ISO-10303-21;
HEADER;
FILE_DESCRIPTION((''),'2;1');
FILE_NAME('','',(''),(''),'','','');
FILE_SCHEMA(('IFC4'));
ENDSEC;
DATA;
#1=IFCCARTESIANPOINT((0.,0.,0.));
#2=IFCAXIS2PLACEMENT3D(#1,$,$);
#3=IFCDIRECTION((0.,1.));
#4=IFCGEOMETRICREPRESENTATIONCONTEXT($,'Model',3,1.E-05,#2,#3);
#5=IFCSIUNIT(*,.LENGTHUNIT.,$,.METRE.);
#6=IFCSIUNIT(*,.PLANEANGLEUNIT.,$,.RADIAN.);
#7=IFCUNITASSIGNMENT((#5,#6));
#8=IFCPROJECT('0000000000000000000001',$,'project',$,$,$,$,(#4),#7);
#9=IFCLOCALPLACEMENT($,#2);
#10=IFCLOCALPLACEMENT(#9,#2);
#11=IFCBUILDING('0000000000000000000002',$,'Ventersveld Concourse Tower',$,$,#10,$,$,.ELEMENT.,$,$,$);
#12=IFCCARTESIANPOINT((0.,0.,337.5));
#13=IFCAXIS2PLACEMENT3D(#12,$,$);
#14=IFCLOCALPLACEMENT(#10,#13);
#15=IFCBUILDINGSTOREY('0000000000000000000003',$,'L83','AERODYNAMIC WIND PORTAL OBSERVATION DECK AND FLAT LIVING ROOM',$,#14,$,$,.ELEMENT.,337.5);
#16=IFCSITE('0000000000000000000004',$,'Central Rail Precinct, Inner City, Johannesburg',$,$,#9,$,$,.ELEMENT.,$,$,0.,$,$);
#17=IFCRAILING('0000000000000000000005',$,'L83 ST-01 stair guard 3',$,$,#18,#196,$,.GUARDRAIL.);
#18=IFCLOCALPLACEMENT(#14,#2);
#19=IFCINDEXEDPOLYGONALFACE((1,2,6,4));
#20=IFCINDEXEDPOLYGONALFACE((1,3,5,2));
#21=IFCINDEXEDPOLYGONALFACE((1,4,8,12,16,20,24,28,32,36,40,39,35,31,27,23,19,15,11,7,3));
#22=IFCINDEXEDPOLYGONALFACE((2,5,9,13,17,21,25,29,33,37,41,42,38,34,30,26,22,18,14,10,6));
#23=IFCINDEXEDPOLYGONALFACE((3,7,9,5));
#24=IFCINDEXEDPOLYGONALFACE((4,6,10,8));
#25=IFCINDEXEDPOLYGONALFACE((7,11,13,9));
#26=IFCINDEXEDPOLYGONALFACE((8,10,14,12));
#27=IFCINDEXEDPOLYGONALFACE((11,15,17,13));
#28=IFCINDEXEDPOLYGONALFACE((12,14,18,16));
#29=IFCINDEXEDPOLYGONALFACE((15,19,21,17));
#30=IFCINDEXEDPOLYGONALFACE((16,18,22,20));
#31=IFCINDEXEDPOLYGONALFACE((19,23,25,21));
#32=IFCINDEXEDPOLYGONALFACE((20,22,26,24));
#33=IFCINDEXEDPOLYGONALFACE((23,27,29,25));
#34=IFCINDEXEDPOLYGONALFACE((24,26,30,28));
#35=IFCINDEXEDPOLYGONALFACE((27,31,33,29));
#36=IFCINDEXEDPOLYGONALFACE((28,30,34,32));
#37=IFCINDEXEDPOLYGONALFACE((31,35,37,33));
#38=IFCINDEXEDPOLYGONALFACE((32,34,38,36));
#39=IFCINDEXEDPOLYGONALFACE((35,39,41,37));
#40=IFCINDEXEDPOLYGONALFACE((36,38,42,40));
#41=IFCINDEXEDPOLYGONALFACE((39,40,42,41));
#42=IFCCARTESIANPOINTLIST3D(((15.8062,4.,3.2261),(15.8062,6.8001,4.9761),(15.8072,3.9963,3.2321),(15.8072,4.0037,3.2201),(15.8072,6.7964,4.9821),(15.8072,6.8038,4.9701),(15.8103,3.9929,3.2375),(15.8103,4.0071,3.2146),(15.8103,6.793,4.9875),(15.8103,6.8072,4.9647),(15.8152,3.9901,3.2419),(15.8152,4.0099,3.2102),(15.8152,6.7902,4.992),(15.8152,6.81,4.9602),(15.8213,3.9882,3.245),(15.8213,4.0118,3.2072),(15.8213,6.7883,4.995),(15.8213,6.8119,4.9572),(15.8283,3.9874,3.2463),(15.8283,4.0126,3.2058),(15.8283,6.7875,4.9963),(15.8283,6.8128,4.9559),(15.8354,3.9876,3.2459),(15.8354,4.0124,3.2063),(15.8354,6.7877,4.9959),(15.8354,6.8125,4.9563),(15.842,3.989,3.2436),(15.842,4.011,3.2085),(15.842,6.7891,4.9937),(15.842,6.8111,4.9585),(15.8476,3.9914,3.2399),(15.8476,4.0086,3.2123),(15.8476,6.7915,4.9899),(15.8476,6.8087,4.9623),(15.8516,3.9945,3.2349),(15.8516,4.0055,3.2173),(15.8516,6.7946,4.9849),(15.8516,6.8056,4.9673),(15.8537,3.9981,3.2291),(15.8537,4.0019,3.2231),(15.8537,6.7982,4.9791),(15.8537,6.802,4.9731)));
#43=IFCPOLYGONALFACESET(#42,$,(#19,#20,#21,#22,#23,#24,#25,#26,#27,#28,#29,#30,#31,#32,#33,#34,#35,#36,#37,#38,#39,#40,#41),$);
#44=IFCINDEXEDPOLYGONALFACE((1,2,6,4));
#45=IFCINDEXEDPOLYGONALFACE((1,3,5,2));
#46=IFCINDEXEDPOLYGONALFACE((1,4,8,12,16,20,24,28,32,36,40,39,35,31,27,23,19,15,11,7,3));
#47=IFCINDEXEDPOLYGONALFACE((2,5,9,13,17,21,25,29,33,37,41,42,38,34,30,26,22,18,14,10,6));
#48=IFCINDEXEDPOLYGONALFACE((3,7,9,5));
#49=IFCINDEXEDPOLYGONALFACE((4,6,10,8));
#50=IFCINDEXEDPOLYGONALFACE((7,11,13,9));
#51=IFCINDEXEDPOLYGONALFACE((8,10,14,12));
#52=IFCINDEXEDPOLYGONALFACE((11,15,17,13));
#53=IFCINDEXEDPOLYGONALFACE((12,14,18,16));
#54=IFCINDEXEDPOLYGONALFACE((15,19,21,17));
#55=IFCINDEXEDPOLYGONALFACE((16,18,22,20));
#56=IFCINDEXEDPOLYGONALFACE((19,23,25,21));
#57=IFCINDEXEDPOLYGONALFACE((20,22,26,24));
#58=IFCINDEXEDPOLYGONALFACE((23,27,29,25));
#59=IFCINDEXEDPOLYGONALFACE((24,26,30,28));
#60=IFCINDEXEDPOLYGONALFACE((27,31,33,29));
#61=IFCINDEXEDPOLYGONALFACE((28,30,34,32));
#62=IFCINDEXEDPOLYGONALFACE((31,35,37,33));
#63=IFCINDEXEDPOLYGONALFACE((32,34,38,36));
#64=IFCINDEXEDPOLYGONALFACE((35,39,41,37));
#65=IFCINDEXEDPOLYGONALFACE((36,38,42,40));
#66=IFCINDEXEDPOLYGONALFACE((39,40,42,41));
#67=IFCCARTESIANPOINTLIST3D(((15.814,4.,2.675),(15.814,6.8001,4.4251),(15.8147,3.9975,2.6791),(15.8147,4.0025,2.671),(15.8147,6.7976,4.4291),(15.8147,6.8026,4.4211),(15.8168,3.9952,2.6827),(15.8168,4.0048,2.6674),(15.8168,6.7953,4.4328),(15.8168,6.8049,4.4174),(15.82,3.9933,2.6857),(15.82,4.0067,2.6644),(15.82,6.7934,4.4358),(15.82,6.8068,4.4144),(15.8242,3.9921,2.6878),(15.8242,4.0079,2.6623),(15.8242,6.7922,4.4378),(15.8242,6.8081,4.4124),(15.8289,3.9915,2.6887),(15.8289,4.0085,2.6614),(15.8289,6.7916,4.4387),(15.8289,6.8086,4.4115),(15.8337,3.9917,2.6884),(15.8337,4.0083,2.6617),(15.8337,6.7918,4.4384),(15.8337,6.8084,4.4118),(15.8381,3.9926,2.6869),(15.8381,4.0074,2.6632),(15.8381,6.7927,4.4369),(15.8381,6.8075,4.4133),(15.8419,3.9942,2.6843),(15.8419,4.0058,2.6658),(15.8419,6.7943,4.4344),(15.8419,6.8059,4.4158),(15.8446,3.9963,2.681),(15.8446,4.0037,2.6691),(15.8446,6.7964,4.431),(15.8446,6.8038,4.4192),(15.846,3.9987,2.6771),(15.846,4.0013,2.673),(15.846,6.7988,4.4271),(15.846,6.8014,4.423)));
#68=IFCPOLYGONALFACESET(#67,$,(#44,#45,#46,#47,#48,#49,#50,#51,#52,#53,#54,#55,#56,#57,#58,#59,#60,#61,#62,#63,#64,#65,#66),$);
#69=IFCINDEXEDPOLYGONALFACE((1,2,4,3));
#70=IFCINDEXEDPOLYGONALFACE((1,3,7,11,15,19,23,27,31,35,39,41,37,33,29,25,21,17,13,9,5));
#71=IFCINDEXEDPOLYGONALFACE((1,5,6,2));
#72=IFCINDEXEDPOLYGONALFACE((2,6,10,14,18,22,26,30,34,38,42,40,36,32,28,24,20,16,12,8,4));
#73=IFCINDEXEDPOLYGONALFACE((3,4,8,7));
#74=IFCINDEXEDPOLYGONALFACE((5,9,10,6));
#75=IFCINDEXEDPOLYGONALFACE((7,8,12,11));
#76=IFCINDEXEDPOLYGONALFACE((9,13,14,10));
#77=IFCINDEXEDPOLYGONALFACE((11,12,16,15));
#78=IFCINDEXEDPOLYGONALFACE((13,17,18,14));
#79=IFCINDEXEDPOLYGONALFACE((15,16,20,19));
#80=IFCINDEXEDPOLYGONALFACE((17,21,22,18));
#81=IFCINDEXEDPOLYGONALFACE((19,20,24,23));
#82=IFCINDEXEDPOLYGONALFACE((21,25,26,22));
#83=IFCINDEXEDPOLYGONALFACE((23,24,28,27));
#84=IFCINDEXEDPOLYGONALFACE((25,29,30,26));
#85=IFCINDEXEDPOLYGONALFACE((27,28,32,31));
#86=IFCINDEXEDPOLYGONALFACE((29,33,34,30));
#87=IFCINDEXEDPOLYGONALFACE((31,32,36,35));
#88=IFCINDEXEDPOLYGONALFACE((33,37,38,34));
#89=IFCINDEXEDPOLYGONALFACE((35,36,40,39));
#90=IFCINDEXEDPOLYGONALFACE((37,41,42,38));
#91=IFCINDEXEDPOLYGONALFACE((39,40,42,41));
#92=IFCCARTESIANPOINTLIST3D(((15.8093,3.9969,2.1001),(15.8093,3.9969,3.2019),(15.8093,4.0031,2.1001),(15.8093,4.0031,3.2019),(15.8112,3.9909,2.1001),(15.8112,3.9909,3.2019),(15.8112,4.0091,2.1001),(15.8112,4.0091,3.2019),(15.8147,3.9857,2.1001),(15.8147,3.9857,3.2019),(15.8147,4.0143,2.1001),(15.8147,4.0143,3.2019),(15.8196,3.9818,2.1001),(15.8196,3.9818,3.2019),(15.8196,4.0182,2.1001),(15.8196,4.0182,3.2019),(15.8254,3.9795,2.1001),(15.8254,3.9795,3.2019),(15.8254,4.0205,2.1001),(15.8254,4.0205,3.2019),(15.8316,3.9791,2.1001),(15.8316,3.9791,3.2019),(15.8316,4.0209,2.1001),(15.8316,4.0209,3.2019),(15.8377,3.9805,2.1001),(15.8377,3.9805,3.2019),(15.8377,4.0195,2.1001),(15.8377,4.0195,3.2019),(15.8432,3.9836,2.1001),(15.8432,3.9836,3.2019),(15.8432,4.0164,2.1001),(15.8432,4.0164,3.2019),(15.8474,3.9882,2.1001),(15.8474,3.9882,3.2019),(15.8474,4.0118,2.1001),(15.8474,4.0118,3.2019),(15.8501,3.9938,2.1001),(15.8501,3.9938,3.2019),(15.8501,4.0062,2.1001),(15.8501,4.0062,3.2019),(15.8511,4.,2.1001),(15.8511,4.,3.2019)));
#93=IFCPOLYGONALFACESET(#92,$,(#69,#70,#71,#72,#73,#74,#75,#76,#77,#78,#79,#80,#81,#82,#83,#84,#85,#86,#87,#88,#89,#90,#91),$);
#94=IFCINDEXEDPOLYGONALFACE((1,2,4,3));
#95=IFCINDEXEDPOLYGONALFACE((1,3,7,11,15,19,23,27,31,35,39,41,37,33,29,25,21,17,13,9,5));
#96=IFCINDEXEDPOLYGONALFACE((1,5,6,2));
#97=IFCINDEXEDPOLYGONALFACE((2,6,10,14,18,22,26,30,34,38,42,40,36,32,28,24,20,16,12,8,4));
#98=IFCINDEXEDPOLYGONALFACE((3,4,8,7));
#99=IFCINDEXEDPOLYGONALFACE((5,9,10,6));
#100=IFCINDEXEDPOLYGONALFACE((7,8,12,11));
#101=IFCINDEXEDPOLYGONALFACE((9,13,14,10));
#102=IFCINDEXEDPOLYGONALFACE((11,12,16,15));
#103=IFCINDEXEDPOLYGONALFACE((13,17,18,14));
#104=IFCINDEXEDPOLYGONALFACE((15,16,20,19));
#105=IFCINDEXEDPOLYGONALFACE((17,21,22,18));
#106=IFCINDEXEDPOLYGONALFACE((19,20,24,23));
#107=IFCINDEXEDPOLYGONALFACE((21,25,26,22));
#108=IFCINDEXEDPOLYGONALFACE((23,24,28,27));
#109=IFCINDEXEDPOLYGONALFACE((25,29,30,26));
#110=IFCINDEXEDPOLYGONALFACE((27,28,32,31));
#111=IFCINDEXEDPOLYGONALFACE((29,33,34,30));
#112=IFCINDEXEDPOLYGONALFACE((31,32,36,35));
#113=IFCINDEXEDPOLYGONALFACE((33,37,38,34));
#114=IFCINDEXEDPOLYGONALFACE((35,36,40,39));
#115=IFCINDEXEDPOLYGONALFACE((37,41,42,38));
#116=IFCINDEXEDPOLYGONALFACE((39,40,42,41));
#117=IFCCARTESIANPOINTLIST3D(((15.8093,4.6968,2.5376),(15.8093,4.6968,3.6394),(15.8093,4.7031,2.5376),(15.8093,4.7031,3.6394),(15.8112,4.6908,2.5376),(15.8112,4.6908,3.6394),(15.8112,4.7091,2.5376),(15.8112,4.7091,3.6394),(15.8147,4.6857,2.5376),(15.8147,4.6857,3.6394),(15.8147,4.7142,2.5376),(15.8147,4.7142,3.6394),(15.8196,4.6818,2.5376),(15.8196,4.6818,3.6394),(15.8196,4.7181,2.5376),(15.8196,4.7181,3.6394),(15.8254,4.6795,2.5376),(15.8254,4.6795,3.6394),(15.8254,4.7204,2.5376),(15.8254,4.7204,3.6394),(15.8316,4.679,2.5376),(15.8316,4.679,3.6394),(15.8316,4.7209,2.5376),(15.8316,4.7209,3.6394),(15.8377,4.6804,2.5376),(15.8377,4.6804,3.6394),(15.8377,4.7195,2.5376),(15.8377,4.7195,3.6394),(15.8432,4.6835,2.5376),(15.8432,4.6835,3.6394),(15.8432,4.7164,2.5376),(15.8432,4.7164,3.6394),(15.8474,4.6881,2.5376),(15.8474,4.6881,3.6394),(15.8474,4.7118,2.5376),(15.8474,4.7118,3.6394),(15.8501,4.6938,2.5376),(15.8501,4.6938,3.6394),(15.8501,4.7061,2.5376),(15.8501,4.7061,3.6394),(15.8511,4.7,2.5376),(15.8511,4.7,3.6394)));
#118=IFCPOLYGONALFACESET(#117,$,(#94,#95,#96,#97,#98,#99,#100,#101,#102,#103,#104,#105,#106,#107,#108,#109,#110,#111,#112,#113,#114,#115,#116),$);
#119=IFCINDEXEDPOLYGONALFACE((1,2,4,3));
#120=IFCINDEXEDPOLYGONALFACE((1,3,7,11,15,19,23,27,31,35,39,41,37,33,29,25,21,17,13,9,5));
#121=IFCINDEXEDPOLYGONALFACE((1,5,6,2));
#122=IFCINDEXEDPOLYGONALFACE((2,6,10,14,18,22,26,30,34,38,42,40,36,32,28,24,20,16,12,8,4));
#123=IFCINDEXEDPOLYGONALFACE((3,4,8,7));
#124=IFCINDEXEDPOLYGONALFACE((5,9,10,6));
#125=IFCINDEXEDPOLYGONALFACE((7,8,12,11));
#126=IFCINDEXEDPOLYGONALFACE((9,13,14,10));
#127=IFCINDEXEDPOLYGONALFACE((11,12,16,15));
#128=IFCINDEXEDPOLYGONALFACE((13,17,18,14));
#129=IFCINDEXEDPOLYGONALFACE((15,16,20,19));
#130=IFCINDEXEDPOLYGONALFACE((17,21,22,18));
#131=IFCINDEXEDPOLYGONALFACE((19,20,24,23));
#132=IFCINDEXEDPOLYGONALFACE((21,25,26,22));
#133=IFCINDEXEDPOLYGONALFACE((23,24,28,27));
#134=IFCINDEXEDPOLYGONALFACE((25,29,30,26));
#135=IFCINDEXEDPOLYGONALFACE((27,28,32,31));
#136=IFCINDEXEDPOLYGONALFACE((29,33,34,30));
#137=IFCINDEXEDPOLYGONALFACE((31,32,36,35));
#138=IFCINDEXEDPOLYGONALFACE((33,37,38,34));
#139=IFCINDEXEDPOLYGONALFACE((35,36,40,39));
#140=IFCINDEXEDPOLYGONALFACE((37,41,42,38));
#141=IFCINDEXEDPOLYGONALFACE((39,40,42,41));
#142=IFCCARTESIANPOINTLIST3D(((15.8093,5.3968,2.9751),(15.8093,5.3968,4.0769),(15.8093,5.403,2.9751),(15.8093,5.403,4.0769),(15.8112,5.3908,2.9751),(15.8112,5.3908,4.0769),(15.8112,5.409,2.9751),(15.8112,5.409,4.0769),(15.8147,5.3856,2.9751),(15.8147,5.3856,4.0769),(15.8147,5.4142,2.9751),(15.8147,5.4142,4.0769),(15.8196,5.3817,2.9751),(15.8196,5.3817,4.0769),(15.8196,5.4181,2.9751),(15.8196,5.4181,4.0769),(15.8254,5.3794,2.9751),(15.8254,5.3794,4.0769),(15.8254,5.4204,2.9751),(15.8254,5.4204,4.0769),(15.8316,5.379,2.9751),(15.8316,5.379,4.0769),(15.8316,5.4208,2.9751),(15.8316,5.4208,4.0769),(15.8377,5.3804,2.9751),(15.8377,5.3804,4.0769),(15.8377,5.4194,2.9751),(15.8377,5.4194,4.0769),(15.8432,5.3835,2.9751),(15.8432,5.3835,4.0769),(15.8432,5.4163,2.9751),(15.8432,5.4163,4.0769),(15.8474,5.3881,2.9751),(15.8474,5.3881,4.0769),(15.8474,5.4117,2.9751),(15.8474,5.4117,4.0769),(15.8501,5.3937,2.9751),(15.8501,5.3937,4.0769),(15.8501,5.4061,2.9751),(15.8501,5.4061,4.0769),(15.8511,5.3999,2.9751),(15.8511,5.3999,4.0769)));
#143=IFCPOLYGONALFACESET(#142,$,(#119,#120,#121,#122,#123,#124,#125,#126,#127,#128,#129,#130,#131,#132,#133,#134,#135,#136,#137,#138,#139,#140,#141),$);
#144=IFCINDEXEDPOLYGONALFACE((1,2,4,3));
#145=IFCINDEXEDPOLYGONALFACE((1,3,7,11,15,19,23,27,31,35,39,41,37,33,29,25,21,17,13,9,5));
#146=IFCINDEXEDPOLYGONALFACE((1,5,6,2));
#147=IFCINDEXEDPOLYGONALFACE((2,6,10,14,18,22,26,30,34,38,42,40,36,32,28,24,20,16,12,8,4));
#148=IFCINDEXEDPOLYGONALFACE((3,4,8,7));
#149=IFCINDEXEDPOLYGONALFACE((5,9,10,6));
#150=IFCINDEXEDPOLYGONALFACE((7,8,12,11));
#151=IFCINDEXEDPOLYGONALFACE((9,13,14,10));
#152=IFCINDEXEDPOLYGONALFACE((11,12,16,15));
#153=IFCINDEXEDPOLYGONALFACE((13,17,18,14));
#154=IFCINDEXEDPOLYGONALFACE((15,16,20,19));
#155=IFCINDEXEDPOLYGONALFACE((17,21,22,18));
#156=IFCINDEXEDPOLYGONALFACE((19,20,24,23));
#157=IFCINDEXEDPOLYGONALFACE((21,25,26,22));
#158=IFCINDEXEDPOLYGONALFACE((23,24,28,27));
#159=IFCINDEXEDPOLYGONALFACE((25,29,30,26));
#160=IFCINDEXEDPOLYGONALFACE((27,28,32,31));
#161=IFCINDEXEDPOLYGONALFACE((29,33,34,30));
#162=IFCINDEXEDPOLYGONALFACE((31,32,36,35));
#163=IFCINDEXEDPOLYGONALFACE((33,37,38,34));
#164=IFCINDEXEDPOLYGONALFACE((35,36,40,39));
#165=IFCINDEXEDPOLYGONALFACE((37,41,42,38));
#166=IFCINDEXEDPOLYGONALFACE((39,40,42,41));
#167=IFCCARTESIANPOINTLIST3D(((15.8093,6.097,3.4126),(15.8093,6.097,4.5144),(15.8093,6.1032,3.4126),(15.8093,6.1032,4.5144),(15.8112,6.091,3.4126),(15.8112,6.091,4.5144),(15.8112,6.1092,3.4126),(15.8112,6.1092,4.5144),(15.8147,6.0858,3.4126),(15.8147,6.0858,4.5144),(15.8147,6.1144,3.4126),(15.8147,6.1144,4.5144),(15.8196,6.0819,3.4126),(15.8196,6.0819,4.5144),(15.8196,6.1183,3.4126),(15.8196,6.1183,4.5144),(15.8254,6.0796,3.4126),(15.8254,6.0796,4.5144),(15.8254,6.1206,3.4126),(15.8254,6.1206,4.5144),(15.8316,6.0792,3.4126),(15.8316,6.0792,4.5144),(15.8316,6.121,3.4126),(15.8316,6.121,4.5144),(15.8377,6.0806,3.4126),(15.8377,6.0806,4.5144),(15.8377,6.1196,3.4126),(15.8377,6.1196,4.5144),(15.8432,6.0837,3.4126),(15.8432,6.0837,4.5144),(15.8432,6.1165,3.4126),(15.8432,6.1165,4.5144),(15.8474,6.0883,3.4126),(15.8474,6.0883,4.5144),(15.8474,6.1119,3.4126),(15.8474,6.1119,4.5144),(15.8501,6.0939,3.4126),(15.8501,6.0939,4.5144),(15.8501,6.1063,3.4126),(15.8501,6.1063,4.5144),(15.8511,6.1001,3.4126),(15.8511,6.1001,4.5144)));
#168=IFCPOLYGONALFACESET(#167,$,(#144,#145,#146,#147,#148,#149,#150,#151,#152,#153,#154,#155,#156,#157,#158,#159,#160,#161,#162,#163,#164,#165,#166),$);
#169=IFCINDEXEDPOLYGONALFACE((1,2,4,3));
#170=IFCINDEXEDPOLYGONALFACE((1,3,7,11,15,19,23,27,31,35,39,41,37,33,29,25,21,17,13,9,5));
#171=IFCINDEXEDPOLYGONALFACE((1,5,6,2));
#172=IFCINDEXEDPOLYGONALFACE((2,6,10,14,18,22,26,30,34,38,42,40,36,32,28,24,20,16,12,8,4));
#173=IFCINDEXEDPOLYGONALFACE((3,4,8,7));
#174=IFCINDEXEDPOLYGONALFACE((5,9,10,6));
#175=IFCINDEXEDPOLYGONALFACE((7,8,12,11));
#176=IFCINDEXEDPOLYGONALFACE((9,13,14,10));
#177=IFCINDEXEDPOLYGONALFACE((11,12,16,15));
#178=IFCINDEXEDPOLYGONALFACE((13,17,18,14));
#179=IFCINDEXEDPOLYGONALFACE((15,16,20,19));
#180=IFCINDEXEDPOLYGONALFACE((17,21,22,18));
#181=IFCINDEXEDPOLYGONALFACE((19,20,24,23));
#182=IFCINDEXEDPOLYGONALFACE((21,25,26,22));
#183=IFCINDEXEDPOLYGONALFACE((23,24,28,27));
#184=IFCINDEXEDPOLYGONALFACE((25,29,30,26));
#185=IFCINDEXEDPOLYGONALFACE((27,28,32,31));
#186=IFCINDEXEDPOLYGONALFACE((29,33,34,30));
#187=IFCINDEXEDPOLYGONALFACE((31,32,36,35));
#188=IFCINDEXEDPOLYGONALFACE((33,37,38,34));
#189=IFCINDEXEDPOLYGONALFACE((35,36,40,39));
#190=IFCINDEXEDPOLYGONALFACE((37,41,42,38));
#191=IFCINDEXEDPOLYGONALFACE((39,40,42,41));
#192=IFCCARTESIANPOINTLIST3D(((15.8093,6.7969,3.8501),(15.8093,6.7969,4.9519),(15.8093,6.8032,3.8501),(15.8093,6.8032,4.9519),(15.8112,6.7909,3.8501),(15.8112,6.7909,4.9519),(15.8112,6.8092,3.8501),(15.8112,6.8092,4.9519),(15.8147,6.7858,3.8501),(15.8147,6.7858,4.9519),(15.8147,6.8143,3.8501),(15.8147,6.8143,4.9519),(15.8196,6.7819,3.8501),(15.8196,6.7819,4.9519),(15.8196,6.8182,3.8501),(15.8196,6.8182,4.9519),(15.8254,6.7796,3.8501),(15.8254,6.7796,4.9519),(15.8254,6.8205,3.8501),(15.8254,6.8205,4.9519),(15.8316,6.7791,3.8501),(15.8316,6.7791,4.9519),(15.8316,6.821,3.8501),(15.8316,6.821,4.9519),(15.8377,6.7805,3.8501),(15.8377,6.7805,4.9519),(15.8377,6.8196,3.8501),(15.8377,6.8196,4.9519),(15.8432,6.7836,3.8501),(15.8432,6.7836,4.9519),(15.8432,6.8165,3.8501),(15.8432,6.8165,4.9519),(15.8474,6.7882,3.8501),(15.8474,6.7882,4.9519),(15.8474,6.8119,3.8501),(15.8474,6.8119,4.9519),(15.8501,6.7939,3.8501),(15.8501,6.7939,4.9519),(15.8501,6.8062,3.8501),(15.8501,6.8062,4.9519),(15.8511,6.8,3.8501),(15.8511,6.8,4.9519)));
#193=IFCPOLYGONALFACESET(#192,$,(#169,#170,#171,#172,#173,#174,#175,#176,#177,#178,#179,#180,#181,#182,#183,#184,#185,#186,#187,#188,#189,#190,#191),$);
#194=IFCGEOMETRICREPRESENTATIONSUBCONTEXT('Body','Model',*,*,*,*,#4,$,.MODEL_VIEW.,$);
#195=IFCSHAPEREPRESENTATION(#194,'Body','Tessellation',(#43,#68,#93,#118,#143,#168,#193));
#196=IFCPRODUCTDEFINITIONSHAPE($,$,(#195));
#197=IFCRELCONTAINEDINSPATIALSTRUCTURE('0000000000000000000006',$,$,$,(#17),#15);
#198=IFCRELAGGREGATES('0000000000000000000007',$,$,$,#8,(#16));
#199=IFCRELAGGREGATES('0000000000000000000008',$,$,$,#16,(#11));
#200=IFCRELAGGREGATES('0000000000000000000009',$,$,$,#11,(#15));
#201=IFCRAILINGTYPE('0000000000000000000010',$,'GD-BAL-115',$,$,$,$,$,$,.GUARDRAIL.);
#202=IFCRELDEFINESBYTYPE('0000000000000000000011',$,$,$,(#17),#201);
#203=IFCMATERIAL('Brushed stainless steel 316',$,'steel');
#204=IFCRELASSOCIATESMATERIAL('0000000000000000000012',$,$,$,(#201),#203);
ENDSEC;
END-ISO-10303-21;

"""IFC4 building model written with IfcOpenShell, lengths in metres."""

from ifc_helpers import new_model, si_unit, direction, frame, origin, origin_2d, place, context, subcontext, project, spatial, circle, extrude, material, type_object, element, save


model = new_model("IFC4")

# Units and contexts
model_context = context("Model", 3, precision=1e-05, world=origin(), true_north=direction((0.0, 1.0)))
body_context = subcontext(model_context, "Body", "Model", "MODEL_VIEW")
ifc_project = project(units=[si_unit("LENGTHUNIT", "METRE"), si_unit("PLANEANGLEUNIT", "RADIAN")], contexts=[model_context])

# Site, building, storey
site_placement = place(None, origin())
site = spatial("IfcSite", under=ifc_project, at=site_placement, Name="Central Rail Precinct, Inner City, Johannesburg", CompositionType="ELEMENT", RefElevation=0.0)
building_placement = place(site_placement, origin())
building = spatial("IfcBuilding", under=site, at=building_placement, Name="Ventersveld Concourse Tower", CompositionType="ELEMENT")
storey_placement = place(building_placement, frame((0.0, 0.0, 337.5)))
storey = spatial("IfcBuildingStorey", under=building, at=storey_placement, Name="L83", Description="AERODYNAMIC WIND PORTAL OBSERVATION DECK AND FLAT LIVING ROOM", CompositionType="ELEMENT", Elevation=337.5)

# Railing
ifc_material_1 = material(Name="Brushed stainless steel 316", Category="steel")
railing_type_1 = type_object("IfcRailingType", Name="GD-BAL-115", PredefinedType="GUARDRAIL", material=ifc_material_1)
railing_1_placement = place(storey_placement, frame((15.8301, 4.0, 2.1001)))
element("IfcRailing", 1, at=railing_1_placement, inside=storey, type_object=railing_type_1, Name="L83 ST-01 stair guard 3", PredefinedType="GUARDRAIL", context=body_context, shape_type="SweptSolid", body=[
    extrude(circle(Radius=0.0239, at=origin_2d()), frame((0.0, 0.0, 1.126), z_axis=(0.0, 0.848002, 0.529992), x_axis=(-1.0, 0.0, 0.0)), (0.0, 0.0, 1.0), 3.302),
    extrude(circle(Radius=0.0161, at=origin_2d()), frame((0.0, 0.0, 0.575), z_axis=(0.0, 0.848002, 0.529992), x_axis=(-1.0, 0.0, 0.0)), (0.0, 0.0, 1.0), 3.302),
    extrude(circle(Radius=0.021, at=origin_2d()), origin(), (0.0, 0.0, 1.0), 1.1018),
    extrude(circle(Radius=0.021, at=origin_2d()), frame((0.0, 0.7, 0.4375)), (0.0, 0.0, 1.0), 1.1018),
    extrude(circle(Radius=0.021, at=origin_2d()), frame((0.0, 1.3999, 0.875)), (0.0, 0.0, 1.0), 1.1018),
    extrude(circle(Radius=0.021, at=origin_2d()), frame((0.0, 2.1001, 1.3125)), (0.0, 0.0, 1.0), 1.1018),
    extrude(circle(Radius=0.021, at=origin_2d()), frame((0.0, 2.8, 1.75)), (0.0, 0.0, 1.0), 1.1018),
])

save(model, "model.ifc")
